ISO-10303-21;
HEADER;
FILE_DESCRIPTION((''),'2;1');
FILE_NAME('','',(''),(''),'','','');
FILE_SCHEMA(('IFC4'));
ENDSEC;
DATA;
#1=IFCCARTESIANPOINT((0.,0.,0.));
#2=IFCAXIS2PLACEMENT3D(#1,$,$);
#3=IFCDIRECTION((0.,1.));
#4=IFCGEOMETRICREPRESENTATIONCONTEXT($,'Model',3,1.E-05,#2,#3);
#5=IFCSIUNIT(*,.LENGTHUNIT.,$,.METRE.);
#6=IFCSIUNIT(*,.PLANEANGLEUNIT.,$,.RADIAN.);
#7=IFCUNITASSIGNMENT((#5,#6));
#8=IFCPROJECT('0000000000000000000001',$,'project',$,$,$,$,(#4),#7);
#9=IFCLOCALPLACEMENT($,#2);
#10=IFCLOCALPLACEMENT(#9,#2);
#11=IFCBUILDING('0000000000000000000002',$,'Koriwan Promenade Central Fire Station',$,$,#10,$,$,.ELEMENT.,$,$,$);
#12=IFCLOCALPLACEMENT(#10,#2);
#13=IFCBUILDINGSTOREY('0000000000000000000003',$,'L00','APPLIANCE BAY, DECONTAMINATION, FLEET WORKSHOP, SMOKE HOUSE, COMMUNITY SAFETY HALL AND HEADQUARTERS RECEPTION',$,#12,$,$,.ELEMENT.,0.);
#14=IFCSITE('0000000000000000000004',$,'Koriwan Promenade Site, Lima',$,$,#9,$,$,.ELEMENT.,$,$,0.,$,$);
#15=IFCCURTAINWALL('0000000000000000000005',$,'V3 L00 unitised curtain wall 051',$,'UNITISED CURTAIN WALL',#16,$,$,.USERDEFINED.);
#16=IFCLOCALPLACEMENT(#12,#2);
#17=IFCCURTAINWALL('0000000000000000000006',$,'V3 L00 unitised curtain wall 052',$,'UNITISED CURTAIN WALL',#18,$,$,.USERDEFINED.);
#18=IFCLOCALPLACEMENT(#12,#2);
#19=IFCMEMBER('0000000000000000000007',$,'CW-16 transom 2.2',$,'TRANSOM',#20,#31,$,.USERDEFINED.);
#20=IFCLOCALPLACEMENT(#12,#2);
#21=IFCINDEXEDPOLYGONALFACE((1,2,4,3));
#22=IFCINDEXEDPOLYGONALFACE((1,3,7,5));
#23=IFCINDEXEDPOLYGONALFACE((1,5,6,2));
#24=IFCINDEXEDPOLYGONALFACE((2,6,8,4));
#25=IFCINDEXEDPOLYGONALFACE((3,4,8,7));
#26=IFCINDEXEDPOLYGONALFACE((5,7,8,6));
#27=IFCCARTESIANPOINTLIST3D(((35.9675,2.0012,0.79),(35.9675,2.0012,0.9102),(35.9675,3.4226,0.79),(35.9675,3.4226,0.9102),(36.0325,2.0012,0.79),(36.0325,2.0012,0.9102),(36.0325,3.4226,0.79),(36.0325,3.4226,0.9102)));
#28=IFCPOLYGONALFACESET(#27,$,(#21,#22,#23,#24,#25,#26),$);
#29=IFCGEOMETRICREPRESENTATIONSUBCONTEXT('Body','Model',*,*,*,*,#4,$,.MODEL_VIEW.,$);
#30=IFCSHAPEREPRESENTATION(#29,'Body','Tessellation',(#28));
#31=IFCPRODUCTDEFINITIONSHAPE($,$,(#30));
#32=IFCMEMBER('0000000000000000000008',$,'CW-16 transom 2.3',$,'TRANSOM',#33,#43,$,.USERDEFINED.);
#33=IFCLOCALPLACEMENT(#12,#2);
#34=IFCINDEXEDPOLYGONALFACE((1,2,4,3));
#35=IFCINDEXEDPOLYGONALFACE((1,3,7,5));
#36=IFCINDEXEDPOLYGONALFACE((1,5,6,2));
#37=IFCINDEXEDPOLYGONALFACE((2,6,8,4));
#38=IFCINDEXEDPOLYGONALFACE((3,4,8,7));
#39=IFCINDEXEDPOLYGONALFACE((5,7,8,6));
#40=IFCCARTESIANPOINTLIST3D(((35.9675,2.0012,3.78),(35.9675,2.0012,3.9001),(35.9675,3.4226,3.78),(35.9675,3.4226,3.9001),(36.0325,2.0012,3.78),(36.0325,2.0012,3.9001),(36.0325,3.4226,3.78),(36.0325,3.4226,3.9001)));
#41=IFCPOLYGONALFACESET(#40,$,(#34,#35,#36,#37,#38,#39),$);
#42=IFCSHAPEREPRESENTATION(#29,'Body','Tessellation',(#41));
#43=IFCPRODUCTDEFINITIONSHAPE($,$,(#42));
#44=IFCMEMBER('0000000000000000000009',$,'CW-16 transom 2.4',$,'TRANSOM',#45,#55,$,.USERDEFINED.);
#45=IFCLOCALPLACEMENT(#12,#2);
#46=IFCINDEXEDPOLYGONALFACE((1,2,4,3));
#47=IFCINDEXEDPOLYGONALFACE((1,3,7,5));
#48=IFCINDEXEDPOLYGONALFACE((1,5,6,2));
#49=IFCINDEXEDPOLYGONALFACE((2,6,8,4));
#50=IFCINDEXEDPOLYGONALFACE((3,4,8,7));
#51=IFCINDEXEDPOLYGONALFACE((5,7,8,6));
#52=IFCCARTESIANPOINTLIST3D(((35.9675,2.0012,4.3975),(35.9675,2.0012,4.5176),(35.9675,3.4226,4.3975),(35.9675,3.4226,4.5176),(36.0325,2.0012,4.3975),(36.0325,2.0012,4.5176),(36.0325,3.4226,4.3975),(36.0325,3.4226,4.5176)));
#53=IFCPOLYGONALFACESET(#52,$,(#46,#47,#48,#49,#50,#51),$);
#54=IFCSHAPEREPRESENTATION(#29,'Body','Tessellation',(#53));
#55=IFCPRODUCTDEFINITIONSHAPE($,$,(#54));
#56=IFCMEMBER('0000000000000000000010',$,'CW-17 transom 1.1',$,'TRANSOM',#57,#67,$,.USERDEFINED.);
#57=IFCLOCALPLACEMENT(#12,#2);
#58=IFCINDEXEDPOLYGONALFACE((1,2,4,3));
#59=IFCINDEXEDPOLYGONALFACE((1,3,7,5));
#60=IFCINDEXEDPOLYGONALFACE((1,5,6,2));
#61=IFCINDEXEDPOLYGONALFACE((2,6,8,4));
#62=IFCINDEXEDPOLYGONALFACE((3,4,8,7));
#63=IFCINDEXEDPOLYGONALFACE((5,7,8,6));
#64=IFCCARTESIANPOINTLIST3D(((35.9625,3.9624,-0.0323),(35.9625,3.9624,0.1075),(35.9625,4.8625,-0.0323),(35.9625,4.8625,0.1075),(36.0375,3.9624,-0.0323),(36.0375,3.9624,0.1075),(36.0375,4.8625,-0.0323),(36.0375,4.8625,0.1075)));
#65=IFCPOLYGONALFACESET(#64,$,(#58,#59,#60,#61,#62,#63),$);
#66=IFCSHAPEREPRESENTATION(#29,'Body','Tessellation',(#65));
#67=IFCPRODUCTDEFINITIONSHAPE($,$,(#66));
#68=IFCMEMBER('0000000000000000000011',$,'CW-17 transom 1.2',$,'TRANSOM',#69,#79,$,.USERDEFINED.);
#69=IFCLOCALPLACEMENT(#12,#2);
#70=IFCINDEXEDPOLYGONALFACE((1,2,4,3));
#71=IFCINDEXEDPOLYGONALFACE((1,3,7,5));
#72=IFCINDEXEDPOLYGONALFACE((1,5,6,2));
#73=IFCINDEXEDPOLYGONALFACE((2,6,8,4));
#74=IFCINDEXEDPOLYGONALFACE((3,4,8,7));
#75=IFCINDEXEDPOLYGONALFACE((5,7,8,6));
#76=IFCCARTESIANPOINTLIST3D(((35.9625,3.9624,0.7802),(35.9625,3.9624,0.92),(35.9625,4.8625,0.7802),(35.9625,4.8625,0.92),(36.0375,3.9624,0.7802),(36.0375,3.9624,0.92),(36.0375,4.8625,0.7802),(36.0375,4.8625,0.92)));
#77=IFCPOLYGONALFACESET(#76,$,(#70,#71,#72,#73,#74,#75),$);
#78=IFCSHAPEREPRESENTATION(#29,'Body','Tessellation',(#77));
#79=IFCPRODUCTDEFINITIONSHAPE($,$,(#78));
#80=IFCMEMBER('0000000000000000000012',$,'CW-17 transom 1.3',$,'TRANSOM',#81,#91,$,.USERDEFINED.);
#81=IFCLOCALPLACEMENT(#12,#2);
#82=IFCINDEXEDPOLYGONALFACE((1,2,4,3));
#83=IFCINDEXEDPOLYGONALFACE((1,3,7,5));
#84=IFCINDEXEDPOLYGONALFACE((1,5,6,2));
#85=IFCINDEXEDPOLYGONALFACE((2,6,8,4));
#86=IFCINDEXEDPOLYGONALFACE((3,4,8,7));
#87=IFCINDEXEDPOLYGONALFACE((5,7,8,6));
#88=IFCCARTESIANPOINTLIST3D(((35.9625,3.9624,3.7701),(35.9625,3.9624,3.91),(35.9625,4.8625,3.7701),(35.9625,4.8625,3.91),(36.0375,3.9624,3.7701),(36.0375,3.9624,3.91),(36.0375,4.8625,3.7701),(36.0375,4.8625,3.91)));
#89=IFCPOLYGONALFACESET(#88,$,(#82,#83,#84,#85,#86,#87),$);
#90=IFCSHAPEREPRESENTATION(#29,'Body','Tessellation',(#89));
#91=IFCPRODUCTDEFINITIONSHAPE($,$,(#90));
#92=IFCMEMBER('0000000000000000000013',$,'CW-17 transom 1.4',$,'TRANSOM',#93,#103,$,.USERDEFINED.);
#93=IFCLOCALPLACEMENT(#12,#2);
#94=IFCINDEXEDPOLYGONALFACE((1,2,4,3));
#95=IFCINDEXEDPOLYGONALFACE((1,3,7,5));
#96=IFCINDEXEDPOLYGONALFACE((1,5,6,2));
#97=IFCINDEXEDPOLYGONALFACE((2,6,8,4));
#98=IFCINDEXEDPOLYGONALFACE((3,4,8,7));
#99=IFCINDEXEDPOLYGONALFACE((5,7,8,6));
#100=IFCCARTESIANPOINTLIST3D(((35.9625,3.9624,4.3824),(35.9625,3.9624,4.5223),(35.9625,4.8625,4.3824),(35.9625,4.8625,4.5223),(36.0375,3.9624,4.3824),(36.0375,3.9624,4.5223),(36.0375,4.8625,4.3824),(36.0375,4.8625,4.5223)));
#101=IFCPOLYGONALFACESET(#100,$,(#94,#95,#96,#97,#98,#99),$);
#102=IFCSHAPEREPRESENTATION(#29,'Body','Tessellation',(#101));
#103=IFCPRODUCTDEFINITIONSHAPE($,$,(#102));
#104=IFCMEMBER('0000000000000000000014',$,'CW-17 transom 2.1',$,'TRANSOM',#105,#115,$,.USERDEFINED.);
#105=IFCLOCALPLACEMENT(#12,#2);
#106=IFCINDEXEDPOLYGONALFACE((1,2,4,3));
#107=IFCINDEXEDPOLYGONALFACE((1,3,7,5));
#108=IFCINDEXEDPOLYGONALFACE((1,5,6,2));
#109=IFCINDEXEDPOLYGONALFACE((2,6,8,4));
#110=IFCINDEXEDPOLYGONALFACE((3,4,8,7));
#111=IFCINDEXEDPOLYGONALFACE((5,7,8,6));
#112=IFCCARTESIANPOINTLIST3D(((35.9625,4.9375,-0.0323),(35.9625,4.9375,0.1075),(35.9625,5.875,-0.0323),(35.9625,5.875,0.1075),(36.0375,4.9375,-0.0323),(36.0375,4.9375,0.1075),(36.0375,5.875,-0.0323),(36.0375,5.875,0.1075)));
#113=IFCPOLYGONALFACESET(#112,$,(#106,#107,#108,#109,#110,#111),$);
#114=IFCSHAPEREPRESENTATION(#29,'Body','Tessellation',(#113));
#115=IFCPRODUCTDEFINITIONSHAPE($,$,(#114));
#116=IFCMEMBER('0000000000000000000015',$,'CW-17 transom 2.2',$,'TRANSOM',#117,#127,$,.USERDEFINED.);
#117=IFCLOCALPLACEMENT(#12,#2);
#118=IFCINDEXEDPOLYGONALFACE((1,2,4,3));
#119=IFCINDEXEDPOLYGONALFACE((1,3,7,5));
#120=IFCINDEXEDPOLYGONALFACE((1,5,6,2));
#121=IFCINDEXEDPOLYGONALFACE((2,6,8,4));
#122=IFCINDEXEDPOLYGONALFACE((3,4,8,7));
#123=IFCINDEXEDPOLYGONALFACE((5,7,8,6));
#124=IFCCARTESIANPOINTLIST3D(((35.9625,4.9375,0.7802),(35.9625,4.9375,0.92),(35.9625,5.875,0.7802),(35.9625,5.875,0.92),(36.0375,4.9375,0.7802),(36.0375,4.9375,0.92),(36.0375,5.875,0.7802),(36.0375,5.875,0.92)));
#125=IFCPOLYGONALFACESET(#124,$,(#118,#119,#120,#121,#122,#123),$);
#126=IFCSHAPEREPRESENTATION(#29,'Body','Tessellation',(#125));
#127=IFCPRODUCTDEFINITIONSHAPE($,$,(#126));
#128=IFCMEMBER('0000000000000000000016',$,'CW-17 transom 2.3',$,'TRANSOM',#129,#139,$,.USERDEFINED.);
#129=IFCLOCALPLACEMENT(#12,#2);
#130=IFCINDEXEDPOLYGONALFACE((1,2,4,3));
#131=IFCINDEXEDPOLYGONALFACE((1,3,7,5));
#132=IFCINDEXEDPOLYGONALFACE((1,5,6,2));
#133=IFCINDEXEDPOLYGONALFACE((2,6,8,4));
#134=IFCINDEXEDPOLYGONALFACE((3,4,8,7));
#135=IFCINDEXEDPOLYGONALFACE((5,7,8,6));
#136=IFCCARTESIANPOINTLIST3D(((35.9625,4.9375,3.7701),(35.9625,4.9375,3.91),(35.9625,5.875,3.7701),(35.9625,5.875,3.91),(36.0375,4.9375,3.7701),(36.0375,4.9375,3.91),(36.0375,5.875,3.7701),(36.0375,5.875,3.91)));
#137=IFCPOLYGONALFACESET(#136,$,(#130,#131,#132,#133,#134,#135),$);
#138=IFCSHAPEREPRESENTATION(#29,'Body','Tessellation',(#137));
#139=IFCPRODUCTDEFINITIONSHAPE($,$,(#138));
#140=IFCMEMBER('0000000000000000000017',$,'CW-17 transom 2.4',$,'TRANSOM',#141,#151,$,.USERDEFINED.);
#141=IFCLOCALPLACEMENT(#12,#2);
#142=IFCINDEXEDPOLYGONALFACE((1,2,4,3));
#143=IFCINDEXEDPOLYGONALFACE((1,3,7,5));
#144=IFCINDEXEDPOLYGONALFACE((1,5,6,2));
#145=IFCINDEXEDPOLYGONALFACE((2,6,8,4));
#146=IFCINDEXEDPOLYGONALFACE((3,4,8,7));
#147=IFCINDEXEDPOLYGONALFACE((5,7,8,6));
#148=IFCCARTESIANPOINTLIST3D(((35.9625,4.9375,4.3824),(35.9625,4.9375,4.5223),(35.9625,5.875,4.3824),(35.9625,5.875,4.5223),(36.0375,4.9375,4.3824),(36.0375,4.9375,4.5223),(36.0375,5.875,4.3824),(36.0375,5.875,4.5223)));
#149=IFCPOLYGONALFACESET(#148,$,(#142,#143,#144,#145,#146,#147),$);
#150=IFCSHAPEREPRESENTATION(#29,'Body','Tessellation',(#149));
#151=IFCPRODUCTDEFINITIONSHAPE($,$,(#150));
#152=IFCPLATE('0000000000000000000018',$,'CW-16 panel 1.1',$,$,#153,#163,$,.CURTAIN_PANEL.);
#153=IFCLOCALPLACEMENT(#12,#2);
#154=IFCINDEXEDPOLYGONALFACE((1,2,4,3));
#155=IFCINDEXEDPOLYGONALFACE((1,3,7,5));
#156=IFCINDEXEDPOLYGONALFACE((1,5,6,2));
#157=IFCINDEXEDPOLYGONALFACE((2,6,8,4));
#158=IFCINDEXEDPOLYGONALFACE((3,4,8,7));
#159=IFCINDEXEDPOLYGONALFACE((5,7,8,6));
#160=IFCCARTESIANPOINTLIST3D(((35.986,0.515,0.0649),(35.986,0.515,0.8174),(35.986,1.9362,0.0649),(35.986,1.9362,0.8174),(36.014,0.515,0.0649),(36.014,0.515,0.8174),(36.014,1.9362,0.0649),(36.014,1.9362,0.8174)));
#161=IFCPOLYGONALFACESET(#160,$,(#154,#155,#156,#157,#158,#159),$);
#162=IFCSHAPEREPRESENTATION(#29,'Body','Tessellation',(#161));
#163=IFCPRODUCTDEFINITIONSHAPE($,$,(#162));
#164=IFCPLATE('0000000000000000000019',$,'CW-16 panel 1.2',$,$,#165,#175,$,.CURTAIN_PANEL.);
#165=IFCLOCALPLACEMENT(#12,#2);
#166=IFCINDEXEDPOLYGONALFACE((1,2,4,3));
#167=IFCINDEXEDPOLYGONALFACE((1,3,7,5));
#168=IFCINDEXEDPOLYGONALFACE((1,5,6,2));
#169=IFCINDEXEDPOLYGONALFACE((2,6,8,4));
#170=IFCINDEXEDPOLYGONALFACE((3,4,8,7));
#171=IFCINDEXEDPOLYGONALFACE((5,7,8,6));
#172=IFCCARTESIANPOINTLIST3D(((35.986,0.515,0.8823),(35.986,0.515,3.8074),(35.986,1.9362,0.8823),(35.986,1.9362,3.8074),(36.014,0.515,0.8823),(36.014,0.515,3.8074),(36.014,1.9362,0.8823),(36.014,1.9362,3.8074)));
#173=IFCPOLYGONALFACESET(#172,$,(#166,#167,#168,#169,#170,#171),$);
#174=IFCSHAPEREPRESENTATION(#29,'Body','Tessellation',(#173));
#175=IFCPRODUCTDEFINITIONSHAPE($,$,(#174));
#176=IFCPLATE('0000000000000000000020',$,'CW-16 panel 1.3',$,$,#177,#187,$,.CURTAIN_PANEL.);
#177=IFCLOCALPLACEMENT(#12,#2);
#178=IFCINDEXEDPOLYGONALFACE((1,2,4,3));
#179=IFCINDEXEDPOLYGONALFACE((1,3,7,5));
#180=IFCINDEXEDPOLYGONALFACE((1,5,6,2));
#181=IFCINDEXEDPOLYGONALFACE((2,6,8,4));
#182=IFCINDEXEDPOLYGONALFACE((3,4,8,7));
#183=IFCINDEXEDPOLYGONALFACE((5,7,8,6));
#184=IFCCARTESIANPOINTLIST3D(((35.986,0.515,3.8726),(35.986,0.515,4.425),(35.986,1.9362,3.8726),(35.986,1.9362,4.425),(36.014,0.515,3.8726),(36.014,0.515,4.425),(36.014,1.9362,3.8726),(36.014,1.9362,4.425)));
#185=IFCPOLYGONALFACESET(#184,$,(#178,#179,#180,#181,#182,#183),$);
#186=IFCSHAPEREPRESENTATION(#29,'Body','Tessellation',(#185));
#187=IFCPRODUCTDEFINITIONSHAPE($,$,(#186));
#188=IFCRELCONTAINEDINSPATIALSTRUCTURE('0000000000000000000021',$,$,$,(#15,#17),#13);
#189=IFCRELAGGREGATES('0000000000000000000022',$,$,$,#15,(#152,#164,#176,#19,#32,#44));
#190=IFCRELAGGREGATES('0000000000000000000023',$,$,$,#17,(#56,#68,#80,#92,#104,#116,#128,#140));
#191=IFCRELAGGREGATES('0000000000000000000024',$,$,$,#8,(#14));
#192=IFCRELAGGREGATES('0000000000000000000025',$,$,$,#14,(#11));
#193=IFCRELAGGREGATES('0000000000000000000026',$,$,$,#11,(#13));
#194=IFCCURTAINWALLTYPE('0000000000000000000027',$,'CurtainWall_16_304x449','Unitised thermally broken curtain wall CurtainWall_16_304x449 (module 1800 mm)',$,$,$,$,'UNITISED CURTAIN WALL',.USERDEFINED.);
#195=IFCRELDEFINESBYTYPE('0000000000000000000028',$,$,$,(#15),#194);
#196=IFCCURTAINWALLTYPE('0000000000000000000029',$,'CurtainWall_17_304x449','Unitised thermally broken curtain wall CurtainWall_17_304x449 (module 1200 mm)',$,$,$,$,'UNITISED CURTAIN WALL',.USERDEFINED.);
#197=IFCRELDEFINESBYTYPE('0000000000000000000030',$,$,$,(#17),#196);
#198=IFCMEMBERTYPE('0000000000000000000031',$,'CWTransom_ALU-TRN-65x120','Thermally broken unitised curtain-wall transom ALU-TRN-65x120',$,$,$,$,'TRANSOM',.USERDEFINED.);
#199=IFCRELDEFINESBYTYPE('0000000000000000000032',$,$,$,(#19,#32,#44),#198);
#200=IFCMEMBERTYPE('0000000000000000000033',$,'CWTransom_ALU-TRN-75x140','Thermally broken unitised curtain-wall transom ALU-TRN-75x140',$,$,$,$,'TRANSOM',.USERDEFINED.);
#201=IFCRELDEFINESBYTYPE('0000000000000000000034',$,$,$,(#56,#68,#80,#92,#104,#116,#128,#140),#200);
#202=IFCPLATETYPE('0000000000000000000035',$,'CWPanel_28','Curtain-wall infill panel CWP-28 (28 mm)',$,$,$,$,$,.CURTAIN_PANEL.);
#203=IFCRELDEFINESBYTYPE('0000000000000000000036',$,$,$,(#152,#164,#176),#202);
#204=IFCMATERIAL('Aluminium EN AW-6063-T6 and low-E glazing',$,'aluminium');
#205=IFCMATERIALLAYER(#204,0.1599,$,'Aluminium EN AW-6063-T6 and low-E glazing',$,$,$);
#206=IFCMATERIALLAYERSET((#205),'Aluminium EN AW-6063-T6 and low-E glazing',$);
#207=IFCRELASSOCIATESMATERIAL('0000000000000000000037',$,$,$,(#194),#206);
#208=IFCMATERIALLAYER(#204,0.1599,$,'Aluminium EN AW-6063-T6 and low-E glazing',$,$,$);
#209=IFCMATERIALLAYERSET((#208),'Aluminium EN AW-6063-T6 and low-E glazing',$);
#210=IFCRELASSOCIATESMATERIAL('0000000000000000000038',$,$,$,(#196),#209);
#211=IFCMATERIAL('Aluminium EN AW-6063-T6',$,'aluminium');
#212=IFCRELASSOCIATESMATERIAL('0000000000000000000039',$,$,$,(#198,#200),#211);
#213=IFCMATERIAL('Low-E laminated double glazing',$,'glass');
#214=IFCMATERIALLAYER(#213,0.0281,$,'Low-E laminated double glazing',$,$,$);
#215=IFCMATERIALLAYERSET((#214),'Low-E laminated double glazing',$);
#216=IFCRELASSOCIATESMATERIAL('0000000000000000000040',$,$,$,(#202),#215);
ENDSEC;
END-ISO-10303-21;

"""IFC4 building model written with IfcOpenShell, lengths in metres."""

from ifc_helpers import new_model, si_unit, direction, frame, origin, origin_2d, place, context, subcontext, project, spatial, rectangle, extrude, material, layer, layer_set, material_profile, profile_set, type_object, element, aggregate, save


model = new_model("IFC4")

# Units and contexts
model_context = context("Model", 3, precision=1e-05, world=origin(), true_north=direction((0.0, 1.0)))
body_context = subcontext(model_context, "Body", "Model", "MODEL_VIEW")
ifc_project = project(units=[si_unit("LENGTHUNIT", "METRE"), si_unit("PLANEANGLEUNIT", "RADIAN")], contexts=[model_context])

# Site, building, storey
site_placement = place(None, origin())
site = spatial("IfcSite", under=ifc_project, at=site_placement, Name="Koriwan Promenade Site, Lima", CompositionType="ELEMENT", RefElevation=0.0)
building_placement = place(site_placement, origin())
building = spatial("IfcBuilding", under=site, at=building_placement, Name="Koriwan Promenade Central Fire Station", CompositionType="ELEMENT")
storey_placement = place(building_placement, origin())
storey = spatial("IfcBuildingStorey", under=building, at=storey_placement, Name="L00", Description="APPLIANCE BAY, DECONTAMINATION, FLEET WORKSHOP, SMOKE HOUSE, COMMUNITY SAFETY HALL AND HEADQUARTERS RECEPTION", CompositionType="ELEMENT", Elevation=0.0)

# Curtain walls
ifc_material_1 = material(Name="Aluminium EN AW-6063-T6 and low-E glazing", Category="aluminium")
ifc_layer_1 = layer(ifc_material_1, 0.1599, Name="Aluminium EN AW-6063-T6 and low-E glazing")
ifc_layer_set_1 = layer_set([ifc_layer_1], Name="Aluminium EN AW-6063-T6 and low-E glazing")
curtain_wall_type_1 = type_object("IfcCurtainWallType", Name="CurtainWall_16_304x449", Description="Unitised thermally broken curtain wall CurtainWall_16_304x449 (module 1800 mm)", ElementType="UNITISED CURTAIN WALL", PredefinedType="USERDEFINED", material=ifc_layer_set_1)
curtain_wall_1_placement = place(storey_placement, origin())
curtain_wall_1 = element("IfcCurtainWall", 1, at=curtain_wall_1_placement, inside=storey, type_object=curtain_wall_type_1, Name="V3 L00 unitised curtain wall 051", ObjectType="UNITISED CURTAIN WALL", PredefinedType="USERDEFINED")
ifc_material_2 = material(Name="Aluminium EN AW-6063-T6", Category="aluminium")
ifc_layer_2 = layer(ifc_material_1, 0.1599, Name="Aluminium EN AW-6063-T6 and low-E glazing")
ifc_layer_set_2 = layer_set([ifc_layer_2], Name="Aluminium EN AW-6063-T6 and low-E glazing")
curtain_wall_type_2 = type_object("IfcCurtainWallType", Name="CurtainWall_17_304x449", Description="Unitised thermally broken curtain wall CurtainWall_17_304x449 (module 1200 mm)", ElementType="UNITISED CURTAIN WALL", PredefinedType="USERDEFINED", material=ifc_layer_set_2)
curtain_wall_2_placement = place(storey_placement, origin())
curtain_wall_2 = element("IfcCurtainWall", 2, at=curtain_wall_2_placement, inside=storey, type_object=curtain_wall_type_2, Name="V3 L00 unitised curtain wall 052", ObjectType="UNITISED CURTAIN WALL", PredefinedType="USERDEFINED")

# Members
ifc_material_profile_1 = material_profile(ifc_material_2, rectangle(XDim=0.0649, YDim=0.1201, at=origin_2d()), Name="ALU-TRN-65x120")
ifc_profile_set_1 = profile_set([ifc_material_profile_1], Name="Aluminium EN AW-6063-T6")
member_type_1 = type_object("IfcMemberType", Name="CWTransom_ALU-TRN-65x120", Description="Thermally broken unitised curtain-wall transom ALU-TRN-65x120", ElementType="TRANSOM", PredefinedType="USERDEFINED", material=ifc_profile_set_1)
member_1_placement = place(storey_placement, frame((36.0, 2.0012, 0.8501), z_axis=(0.0, 1.0, 0.0), x_axis=(-1.0, 0.0, 0.0)))
member_1 = element("IfcMember", 3, at=member_1_placement, type_object=member_type_1, Name="CW-16 transom 2.2", ObjectType="TRANSOM", PredefinedType="USERDEFINED", context=body_context, shape_type="SweptSolid", body=[
    extrude(rectangle(XDim=0.0649, YDim=0.1201, at=origin_2d()), origin(), (0.0, 0.0, 1.0), 1.4214),
])
member_2_placement = place(storey_placement, frame((36.0, 2.0012, 3.8401), z_axis=(0.0, 1.0, 0.0), x_axis=(-1.0, 0.0, 0.0)))
member_2 = element("IfcMember", 4, at=member_2_placement, type_object=member_type_1, Name="CW-16 transom 2.3", ObjectType="TRANSOM", PredefinedType="USERDEFINED", context=body_context, shape_type="SweptSolid", body=[
    extrude(rectangle(XDim=0.0649, YDim=0.1201, at=origin_2d()), origin(), (0.0, 0.0, 1.0), 1.4214),
])
member_3_placement = place(storey_placement, frame((36.0, 2.0012, 4.4575), z_axis=(0.0, 1.0, 0.0), x_axis=(-1.0, 0.0, 0.0)))
member_3 = element("IfcMember", 5, at=member_3_placement, type_object=member_type_1, Name="CW-16 transom 2.4", ObjectType="TRANSOM", PredefinedType="USERDEFINED", context=body_context, shape_type="SweptSolid", body=[
    extrude(rectangle(XDim=0.0649, YDim=0.1201, at=origin_2d()), origin(), (0.0, 0.0, 1.0), 1.4214),
])
ifc_material_profile_2 = material_profile(ifc_material_2, rectangle(XDim=0.075, YDim=0.1399, at=origin_2d()), Name="ALU-TRN-75x140")
ifc_profile_set_2 = profile_set([ifc_material_profile_2], Name="Aluminium EN AW-6063-T6")
member_type_2 = type_object("IfcMemberType", Name="CWTransom_ALU-TRN-75x140", Description="Thermally broken unitised curtain-wall transom ALU-TRN-75x140", ElementType="TRANSOM", PredefinedType="USERDEFINED", material=ifc_profile_set_2)
member_4_placement = place(storey_placement, frame((36.0, 3.9624, 0.0376), z_axis=(0.0, 1.0, 0.0), x_axis=(-1.0, 0.0, 0.0)))
member_4 = element("IfcMember", 6, at=member_4_placement, type_object=member_type_2, Name="CW-17 transom 1.1", ObjectType="TRANSOM", PredefinedType="USERDEFINED", context=body_context, shape_type="SweptSolid", body=[
    extrude(rectangle(XDim=0.075, YDim=0.1399, at=origin_2d()), origin(), (0.0, 0.0, 1.0), 0.9001),
])
member_5_placement = place(storey_placement, frame((36.0, 3.9624, 0.8501), z_axis=(0.0, 1.0, 0.0), x_axis=(-1.0, 0.0, 0.0)))
member_5 = element("IfcMember", 7, at=member_5_placement, type_object=member_type_2, Name="CW-17 transom 1.2", ObjectType="TRANSOM", PredefinedType="USERDEFINED", context=body_context, shape_type="SweptSolid", body=[
    extrude(rectangle(XDim=0.075, YDim=0.1399, at=origin_2d()), origin(), (0.0, 0.0, 1.0), 0.9001),
])
member_6_placement = place(storey_placement, frame((36.0, 3.9624, 3.8401), z_axis=(0.0, 1.0, 0.0), x_axis=(-1.0, 0.0, 0.0)))
member_6 = element("IfcMember", 8, at=member_6_placement, type_object=member_type_2, Name="CW-17 transom 1.3", ObjectType="TRANSOM", PredefinedType="USERDEFINED", context=body_context, shape_type="SweptSolid", body=[
    extrude(rectangle(XDim=0.075, YDim=0.1399, at=origin_2d()), origin(), (0.0, 0.0, 1.0), 0.9001),
])
member_7_placement = place(storey_placement, frame((36.0, 3.9624, 4.4524), z_axis=(0.0, 1.0, 0.0), x_axis=(-1.0, 0.0, 0.0)))
member_7 = element("IfcMember", 9, at=member_7_placement, type_object=member_type_2, Name="CW-17 transom 1.4", ObjectType="TRANSOM", PredefinedType="USERDEFINED", context=body_context, shape_type="SweptSolid", body=[
    extrude(rectangle(XDim=0.075, YDim=0.1399, at=origin_2d()), origin(), (0.0, 0.0, 1.0), 0.9001),
])
member_8_placement = place(storey_placement, frame((36.0, 4.9375, 0.0376), z_axis=(0.0, 1.0, 0.0), x_axis=(-1.0, 0.0, 0.0)))
member_8 = element("IfcMember", 10, at=member_8_placement, type_object=member_type_2, Name="CW-17 transom 2.1", ObjectType="TRANSOM", PredefinedType="USERDEFINED", context=body_context, shape_type="SweptSolid", body=[
    extrude(rectangle(XDim=0.075, YDim=0.1399, at=origin_2d()), origin(), (0.0, 0.0, 1.0), 0.9375),
])
member_9_placement = place(storey_placement, frame((36.0, 4.9375, 0.8501), z_axis=(0.0, 1.0, 0.0), x_axis=(-1.0, 0.0, 0.0)))
member_9 = element("IfcMember", 11, at=member_9_placement, type_object=member_type_2, Name="CW-17 transom 2.2", ObjectType="TRANSOM", PredefinedType="USERDEFINED", context=body_context, shape_type="SweptSolid", body=[
    extrude(rectangle(XDim=0.075, YDim=0.1399, at=origin_2d()), origin(), (0.0, 0.0, 1.0), 0.9375),
])
member_10_placement = place(storey_placement, frame((36.0, 4.9375, 3.8401), z_axis=(0.0, 1.0, 0.0), x_axis=(-1.0, 0.0, 0.0)))
member_10 = element("IfcMember", 12, at=member_10_placement, type_object=member_type_2, Name="CW-17 transom 2.3", ObjectType="TRANSOM", PredefinedType="USERDEFINED", context=body_context, shape_type="SweptSolid", body=[
    extrude(rectangle(XDim=0.075, YDim=0.1399, at=origin_2d()), origin(), (0.0, 0.0, 1.0), 0.9375),
])
member_11_placement = place(storey_placement, frame((36.0, 4.9375, 4.4524), z_axis=(0.0, 1.0, 0.0), x_axis=(-1.0, 0.0, 0.0)))
member_11 = element("IfcMember", 13, at=member_11_placement, type_object=member_type_2, Name="CW-17 transom 2.4", ObjectType="TRANSOM", PredefinedType="USERDEFINED", context=body_context, shape_type="SweptSolid", body=[
    extrude(rectangle(XDim=0.075, YDim=0.1399, at=origin_2d()), origin(), (0.0, 0.0, 1.0), 0.9375),
])

# Plates
ifc_material_3 = material(Name="Low-E laminated double glazing", Category="glass")
ifc_layer_3 = layer(ifc_material_3, 0.0281, Name="Low-E laminated double glazing")
ifc_layer_set_3 = layer_set([ifc_layer_3], Name="Low-E laminated double glazing")
plate_type_1 = type_object("IfcPlateType", Name="CWPanel_28", Description="Curtain-wall infill panel CWP-28 (28 mm)", PredefinedType="CURTAIN_PANEL", material=ifc_layer_set_3)
plate_1_placement = place(storey_placement, frame((36.0, 1.2256, 0.0649), z_axis=(0.0, 0.0, 1.0), x_axis=(0.0, 1.0, 0.0)))
plate_1 = element("IfcPlate", 14, at=plate_1_placement, type_object=plate_type_1, Name="CW-16 panel 1.1", PredefinedType="CURTAIN_PANEL", context=body_context, shape_type="SweptSolid", body=[
    extrude(rectangle(XDim=1.4211, YDim=0.0281, at=origin_2d()), origin(), (0.0, 0.0, 1.0), 0.7524),
])
plate_2_placement = place(storey_placement, frame((36.0, 1.2256, 0.8823), z_axis=(0.0, 0.0, 1.0), x_axis=(0.0, 1.0, 0.0)))
plate_2 = element("IfcPlate", 15, at=plate_2_placement, type_object=plate_type_1, Name="CW-16 panel 1.2", PredefinedType="CURTAIN_PANEL", context=body_context, shape_type="SweptSolid", body=[
    extrude(rectangle(XDim=1.4211, YDim=0.0281, at=origin_2d()), origin(), (0.0, 0.0, 1.0), 2.925),
])
plate_3_placement = place(storey_placement, frame((36.0, 1.2256, 3.8726), z_axis=(0.0, 0.0, 1.0), x_axis=(0.0, 1.0, 0.0)))
plate_3 = element("IfcPlate", 16, at=plate_3_placement, type_object=plate_type_1, Name="CW-16 panel 1.3", PredefinedType="CURTAIN_PANEL", context=body_context, shape_type="SweptSolid", body=[
    extrude(rectangle(XDim=1.4211, YDim=0.0281, at=origin_2d()), origin(), (0.0, 0.0, 1.0), 0.5525),
])
aggregate(curtain_wall_1, [plate_1, plate_2, plate_3, member_1, member_2, member_3])
aggregate(curtain_wall_2, [member_4, member_5, member_6, member_7, member_8, member_9, member_10, member_11])

save(model, "model.ifc")
